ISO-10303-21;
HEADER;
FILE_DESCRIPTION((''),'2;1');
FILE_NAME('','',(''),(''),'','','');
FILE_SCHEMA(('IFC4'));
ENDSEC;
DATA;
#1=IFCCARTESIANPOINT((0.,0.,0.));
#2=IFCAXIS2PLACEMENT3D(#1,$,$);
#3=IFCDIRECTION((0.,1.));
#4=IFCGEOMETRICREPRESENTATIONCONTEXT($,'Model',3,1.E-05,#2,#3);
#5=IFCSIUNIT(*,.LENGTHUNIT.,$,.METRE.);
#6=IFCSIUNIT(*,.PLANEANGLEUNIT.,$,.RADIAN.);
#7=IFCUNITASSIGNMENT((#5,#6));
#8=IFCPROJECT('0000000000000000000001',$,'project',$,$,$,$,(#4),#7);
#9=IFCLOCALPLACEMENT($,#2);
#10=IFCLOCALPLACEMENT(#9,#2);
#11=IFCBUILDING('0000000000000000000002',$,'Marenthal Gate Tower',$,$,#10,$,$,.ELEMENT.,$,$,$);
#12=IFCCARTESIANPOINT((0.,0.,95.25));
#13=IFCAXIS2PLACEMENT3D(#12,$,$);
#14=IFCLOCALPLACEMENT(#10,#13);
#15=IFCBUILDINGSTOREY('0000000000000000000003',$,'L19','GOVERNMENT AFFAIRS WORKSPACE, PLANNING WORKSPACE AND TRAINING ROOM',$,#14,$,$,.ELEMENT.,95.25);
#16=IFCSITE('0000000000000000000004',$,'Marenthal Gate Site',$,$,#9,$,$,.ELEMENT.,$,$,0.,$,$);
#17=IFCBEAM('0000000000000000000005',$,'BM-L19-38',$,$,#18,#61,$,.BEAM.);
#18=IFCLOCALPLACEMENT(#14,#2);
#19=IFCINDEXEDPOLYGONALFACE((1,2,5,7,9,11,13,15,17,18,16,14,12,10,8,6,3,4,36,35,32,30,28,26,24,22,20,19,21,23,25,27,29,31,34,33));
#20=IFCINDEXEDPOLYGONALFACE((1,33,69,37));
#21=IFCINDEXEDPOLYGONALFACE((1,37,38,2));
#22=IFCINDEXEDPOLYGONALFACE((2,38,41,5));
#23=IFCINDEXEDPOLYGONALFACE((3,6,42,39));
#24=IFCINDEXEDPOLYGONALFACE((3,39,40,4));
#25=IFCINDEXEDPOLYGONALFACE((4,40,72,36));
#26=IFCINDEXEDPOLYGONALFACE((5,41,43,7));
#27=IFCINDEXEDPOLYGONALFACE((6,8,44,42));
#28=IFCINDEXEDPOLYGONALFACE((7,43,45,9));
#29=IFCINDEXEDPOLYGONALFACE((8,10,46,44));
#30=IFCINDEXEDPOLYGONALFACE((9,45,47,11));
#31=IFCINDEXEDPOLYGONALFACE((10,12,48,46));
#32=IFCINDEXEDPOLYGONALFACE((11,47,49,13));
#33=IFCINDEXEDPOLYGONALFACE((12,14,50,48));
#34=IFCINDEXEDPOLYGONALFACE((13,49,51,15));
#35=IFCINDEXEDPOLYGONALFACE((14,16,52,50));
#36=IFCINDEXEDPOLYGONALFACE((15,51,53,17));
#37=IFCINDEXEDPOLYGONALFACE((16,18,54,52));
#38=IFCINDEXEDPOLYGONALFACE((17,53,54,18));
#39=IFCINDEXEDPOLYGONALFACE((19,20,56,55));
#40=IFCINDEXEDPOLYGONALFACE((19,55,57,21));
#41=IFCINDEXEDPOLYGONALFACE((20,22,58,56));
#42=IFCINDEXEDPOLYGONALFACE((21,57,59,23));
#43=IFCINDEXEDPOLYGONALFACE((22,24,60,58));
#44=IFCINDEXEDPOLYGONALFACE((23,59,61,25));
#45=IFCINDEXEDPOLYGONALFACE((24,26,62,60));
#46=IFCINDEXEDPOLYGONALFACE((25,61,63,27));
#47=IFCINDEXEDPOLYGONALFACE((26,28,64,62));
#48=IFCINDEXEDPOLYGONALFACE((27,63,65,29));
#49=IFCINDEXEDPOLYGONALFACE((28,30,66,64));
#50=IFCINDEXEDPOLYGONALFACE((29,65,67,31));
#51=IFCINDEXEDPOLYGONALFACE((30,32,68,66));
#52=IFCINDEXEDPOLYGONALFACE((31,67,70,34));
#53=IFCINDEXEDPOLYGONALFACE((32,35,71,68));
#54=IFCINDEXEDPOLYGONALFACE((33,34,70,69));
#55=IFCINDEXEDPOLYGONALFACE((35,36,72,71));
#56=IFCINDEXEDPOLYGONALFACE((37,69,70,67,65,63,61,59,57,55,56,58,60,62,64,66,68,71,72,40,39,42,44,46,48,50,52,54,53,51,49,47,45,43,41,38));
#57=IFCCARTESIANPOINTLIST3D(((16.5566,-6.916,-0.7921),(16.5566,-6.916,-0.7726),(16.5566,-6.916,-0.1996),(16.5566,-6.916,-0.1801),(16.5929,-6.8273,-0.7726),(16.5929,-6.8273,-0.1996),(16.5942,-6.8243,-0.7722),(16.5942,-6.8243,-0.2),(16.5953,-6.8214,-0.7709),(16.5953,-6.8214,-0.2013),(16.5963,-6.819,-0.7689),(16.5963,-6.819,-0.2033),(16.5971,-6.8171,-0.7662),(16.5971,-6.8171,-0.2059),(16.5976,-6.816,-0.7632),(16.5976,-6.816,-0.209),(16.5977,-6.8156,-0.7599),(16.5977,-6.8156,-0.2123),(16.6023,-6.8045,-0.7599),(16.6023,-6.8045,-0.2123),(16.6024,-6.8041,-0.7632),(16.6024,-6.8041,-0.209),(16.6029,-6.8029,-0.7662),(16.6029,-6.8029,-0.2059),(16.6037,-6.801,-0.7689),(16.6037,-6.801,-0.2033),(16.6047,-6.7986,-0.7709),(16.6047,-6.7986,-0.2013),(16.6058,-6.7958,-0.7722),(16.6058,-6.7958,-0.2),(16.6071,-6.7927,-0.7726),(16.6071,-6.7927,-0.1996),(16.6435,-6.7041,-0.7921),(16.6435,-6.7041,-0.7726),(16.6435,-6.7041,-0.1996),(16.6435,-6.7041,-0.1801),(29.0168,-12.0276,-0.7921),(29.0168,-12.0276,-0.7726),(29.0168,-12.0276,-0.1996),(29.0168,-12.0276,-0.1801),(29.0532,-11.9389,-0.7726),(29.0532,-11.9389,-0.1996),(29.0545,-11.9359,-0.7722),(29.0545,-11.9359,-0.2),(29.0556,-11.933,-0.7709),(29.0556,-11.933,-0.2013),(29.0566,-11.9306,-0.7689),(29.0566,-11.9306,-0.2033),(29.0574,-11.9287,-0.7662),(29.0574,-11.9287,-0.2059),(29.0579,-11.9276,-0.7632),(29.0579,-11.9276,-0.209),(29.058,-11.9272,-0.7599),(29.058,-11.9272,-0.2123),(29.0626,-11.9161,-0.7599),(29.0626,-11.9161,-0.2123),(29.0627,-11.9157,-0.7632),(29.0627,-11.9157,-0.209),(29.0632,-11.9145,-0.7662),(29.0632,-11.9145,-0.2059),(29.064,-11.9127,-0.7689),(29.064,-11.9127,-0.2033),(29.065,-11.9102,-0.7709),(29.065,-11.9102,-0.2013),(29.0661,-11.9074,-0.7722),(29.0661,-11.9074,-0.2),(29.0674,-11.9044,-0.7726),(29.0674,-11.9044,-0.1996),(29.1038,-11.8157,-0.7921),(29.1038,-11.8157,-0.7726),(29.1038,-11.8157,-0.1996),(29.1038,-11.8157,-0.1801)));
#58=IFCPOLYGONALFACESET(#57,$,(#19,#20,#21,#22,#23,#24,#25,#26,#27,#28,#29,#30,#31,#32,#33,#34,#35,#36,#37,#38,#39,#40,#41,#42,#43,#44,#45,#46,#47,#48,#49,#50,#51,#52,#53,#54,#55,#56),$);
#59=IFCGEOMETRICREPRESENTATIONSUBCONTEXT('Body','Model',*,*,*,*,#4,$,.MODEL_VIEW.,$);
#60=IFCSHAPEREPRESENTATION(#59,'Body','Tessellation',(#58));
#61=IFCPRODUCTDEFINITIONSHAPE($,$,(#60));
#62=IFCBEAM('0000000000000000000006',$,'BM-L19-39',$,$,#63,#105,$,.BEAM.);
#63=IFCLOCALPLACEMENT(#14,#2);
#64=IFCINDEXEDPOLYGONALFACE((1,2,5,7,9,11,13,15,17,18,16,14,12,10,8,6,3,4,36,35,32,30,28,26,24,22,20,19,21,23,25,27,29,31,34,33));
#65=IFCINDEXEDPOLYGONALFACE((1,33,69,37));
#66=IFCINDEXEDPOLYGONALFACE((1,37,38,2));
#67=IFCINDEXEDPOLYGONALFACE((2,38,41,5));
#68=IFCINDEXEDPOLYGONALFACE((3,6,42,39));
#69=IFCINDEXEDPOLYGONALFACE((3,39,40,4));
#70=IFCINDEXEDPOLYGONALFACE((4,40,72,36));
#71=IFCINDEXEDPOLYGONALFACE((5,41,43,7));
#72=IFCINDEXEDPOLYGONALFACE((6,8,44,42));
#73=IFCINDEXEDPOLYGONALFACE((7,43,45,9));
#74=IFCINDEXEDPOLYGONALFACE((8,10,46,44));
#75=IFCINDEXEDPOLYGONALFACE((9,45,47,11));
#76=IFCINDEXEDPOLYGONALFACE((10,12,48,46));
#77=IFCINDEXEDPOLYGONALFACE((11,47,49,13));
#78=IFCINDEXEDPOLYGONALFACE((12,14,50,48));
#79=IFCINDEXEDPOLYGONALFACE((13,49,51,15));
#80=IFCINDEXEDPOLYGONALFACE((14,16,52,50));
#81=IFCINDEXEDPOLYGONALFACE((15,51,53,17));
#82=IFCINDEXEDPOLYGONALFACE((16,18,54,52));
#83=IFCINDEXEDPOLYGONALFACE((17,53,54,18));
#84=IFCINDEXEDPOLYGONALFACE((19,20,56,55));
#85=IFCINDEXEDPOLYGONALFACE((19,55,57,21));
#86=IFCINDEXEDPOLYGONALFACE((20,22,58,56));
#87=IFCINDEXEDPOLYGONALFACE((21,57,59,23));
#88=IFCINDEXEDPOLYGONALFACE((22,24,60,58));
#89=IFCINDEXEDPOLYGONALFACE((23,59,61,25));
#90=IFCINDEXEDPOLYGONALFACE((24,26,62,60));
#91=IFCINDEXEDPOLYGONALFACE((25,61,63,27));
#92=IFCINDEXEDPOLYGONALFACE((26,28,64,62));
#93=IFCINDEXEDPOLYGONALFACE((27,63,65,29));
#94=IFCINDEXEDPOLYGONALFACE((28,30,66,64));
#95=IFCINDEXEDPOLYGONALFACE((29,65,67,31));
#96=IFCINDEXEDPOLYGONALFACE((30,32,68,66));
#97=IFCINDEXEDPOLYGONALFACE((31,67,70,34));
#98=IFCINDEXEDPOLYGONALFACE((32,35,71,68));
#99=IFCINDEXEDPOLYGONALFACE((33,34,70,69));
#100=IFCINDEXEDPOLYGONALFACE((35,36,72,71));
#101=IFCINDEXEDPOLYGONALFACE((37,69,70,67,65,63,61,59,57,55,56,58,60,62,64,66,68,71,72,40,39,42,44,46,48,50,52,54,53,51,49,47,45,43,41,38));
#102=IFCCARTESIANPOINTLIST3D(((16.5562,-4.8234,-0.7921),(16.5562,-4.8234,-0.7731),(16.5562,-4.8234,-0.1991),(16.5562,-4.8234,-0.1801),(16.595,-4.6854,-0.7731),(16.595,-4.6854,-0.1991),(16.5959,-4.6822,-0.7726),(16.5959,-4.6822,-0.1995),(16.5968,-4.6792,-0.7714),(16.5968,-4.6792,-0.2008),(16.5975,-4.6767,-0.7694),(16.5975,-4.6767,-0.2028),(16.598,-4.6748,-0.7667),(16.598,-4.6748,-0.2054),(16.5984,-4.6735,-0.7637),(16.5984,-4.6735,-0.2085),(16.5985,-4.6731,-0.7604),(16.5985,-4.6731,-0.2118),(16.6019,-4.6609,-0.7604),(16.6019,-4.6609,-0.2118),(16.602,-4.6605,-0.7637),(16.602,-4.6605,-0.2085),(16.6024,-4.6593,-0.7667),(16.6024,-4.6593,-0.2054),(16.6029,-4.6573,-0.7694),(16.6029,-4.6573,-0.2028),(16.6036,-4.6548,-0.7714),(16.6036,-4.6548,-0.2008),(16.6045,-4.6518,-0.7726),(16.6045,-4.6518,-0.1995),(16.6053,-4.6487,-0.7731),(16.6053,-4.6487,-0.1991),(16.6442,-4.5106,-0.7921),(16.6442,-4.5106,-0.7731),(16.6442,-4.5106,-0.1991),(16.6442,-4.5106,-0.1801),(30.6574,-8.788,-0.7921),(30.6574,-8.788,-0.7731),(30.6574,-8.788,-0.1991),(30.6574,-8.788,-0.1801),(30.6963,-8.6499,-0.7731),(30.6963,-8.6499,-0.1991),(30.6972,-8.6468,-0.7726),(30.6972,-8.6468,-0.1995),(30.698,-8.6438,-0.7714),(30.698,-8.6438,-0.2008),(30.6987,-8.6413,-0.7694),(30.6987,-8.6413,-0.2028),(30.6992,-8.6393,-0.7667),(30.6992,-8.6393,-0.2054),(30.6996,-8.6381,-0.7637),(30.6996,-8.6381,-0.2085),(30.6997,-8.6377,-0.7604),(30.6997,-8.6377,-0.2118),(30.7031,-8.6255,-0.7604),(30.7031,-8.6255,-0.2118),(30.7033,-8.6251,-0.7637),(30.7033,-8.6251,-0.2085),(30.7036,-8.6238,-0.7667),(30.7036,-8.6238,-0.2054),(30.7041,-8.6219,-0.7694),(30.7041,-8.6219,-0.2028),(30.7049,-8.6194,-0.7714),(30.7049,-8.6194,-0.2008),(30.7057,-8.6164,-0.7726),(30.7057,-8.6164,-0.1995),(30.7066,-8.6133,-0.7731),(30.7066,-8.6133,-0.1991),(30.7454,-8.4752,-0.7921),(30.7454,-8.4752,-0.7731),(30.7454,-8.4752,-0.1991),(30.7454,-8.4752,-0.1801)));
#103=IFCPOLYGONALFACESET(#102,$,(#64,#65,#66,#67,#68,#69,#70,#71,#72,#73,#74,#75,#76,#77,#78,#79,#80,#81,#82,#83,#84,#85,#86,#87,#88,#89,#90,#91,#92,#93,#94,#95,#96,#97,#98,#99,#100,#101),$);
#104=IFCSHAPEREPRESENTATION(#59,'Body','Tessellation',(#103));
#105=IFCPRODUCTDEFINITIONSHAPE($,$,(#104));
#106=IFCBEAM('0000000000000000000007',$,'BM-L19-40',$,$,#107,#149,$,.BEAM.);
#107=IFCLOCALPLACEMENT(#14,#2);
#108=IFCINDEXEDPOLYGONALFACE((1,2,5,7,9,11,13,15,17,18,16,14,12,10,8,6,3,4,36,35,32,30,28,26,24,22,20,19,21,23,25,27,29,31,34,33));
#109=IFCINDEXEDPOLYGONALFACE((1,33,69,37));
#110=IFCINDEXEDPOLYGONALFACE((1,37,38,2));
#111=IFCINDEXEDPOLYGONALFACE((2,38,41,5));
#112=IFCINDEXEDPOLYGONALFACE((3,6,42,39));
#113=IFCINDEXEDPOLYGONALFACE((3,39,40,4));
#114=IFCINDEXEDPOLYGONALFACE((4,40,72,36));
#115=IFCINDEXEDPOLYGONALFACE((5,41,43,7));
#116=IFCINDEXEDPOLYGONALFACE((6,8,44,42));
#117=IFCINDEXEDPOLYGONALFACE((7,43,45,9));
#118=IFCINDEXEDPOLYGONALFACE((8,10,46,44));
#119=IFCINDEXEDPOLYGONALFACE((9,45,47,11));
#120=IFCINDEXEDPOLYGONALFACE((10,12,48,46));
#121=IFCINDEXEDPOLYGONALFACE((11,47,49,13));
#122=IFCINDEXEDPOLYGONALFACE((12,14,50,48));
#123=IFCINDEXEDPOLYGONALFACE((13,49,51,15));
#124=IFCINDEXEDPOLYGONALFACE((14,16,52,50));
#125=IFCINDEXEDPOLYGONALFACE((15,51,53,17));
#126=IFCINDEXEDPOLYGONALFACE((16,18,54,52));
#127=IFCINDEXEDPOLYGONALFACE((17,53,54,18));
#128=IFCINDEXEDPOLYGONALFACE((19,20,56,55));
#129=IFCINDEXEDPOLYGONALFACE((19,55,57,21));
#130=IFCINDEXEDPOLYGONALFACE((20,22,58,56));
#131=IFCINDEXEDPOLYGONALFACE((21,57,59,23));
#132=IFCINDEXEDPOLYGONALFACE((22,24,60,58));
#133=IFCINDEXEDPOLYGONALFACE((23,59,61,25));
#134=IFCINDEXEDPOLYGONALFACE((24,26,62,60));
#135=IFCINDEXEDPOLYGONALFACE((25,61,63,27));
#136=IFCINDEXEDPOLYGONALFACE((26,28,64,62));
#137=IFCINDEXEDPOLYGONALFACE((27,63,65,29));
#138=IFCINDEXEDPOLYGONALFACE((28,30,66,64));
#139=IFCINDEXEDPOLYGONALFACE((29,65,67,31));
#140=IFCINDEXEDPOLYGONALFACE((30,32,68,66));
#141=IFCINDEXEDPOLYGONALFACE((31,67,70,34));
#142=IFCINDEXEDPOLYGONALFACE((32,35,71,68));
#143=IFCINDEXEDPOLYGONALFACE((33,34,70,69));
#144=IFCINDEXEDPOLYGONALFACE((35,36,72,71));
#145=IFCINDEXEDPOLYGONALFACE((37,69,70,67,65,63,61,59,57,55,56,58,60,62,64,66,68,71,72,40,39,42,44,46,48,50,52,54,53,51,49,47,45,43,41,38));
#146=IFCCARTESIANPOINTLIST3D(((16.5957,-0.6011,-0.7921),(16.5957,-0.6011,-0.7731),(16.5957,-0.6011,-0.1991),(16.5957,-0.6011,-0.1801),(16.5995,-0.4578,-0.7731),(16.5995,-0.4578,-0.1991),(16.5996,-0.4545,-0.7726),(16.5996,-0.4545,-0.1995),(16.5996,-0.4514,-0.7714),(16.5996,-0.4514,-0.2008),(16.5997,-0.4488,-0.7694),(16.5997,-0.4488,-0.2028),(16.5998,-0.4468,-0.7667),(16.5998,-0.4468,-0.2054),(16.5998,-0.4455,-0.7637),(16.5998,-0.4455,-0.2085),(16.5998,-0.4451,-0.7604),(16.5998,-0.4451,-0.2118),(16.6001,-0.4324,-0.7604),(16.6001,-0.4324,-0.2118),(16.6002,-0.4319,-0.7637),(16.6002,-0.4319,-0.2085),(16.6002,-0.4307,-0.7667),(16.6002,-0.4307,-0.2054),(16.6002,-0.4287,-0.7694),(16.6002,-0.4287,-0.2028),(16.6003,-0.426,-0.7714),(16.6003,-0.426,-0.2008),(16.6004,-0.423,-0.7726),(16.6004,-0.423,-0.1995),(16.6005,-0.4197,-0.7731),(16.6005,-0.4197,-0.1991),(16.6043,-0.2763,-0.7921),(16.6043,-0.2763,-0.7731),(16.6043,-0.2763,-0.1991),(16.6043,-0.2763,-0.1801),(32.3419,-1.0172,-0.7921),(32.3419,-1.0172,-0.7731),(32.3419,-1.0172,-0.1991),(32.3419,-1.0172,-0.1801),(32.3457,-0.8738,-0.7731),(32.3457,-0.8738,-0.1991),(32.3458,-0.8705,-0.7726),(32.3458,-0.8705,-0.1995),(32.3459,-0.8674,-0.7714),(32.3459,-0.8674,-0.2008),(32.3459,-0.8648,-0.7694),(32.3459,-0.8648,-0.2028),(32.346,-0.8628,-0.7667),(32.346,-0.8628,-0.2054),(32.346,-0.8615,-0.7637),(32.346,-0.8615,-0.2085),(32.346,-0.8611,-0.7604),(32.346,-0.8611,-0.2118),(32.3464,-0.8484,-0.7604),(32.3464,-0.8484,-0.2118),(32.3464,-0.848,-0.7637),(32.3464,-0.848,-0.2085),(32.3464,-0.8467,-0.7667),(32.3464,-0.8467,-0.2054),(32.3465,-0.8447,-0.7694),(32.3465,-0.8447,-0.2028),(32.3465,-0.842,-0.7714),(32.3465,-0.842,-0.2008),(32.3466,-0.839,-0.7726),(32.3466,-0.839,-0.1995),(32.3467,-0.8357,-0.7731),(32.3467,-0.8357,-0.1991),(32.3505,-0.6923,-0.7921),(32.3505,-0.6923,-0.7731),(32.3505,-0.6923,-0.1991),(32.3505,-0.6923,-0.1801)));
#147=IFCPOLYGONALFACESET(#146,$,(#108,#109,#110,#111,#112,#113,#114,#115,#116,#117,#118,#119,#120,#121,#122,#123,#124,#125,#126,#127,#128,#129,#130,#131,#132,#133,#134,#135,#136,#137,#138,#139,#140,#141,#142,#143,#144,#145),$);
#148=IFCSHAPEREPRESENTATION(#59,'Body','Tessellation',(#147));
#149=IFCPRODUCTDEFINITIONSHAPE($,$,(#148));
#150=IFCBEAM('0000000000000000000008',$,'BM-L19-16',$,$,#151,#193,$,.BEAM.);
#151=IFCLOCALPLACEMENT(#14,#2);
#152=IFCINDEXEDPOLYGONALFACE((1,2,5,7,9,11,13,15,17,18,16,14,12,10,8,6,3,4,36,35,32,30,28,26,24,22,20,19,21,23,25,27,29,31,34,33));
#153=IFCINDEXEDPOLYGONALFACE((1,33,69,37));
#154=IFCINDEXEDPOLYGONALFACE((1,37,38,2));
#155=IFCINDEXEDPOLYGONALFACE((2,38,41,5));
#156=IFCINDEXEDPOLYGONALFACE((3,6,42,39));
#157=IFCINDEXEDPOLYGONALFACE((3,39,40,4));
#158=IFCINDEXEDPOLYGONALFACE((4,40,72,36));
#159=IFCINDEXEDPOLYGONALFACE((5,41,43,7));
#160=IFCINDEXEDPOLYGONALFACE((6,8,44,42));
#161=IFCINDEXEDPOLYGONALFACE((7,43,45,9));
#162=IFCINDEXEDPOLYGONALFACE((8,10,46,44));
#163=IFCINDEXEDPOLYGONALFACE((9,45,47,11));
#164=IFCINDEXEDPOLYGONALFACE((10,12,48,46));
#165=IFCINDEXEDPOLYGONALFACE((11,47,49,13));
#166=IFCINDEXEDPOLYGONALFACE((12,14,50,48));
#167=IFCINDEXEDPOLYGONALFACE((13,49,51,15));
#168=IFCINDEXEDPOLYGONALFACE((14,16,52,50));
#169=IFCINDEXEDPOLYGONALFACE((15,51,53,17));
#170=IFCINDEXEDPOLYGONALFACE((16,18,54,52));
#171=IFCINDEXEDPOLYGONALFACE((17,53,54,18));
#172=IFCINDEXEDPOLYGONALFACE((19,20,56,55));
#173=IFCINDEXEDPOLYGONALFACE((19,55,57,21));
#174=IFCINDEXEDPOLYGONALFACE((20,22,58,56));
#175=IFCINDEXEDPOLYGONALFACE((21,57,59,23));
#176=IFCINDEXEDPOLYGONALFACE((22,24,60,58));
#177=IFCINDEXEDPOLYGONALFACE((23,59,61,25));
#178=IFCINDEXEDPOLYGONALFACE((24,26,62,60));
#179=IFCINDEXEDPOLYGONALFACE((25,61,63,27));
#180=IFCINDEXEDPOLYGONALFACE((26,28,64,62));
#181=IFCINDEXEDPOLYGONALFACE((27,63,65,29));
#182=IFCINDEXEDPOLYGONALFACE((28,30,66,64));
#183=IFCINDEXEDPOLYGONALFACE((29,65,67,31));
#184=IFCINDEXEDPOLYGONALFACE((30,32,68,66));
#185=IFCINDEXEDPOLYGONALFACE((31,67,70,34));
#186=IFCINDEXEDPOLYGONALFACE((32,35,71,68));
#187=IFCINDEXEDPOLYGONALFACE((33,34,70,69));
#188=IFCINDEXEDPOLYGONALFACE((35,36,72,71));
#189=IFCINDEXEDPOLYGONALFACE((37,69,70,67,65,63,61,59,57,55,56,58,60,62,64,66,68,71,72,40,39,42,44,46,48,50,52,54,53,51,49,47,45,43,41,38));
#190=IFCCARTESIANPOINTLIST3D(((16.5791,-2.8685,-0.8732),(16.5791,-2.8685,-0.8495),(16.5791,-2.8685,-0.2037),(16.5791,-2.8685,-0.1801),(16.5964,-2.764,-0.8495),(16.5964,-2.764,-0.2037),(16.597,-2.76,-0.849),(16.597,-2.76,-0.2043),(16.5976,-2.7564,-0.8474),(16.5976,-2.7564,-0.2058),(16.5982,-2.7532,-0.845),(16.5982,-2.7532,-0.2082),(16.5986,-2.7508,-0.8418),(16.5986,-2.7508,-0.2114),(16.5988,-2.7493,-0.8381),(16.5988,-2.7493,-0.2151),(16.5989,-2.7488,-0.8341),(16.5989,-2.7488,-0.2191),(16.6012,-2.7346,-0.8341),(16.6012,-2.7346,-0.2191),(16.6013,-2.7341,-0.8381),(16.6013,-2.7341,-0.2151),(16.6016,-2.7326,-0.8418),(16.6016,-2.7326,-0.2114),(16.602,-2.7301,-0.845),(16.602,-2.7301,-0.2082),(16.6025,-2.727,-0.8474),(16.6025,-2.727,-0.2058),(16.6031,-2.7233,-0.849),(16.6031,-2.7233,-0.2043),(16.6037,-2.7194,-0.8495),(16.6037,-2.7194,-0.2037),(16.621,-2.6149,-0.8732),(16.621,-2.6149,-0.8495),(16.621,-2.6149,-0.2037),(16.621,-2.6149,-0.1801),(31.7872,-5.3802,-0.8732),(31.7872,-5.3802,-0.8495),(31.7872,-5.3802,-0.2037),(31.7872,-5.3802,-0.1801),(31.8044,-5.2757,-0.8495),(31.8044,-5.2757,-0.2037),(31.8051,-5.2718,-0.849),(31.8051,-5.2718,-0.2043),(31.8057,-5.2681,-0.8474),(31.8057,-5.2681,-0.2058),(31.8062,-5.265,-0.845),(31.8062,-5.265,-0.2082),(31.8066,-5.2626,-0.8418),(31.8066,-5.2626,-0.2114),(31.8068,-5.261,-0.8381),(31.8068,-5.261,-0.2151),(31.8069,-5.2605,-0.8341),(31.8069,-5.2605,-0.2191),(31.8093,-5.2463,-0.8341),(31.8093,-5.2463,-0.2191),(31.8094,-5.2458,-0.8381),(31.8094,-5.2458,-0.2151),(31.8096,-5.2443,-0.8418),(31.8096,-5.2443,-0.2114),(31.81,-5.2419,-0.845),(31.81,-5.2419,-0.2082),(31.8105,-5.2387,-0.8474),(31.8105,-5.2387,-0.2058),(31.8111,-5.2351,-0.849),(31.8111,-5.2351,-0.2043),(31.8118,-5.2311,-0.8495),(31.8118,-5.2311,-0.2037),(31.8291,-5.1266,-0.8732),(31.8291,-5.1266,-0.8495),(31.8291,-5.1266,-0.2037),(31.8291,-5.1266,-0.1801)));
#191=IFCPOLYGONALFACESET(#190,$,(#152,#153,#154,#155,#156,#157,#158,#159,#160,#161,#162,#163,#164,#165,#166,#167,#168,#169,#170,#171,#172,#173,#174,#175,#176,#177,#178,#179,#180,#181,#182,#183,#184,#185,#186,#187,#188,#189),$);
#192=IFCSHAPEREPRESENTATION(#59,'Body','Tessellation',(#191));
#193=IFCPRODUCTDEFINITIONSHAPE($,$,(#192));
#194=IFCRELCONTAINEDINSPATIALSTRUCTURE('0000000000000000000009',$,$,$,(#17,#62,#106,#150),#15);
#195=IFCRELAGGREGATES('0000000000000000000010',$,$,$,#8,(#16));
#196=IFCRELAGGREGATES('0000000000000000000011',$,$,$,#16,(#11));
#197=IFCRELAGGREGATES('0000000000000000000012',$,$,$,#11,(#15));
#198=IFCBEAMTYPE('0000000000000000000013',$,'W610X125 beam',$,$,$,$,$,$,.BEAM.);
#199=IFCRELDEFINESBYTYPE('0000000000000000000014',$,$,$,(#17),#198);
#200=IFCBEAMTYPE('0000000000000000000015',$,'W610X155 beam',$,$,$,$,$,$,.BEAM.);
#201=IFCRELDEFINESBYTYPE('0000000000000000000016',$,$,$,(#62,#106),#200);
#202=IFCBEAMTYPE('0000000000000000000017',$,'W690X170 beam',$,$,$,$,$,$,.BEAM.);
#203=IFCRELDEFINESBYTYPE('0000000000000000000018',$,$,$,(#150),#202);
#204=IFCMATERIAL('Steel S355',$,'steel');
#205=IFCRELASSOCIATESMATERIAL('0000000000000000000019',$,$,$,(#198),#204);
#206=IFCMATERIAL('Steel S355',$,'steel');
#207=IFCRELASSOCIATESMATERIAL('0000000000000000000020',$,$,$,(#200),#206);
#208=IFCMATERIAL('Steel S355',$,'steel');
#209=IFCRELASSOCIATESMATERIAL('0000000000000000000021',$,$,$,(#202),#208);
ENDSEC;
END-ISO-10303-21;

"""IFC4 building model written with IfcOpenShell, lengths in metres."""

from ifc_helpers import new_model, si_unit, direction, frame, origin, origin_2d, place, context, subcontext, project, spatial, i_section, extrude, material, material_profile, profile_set, type_object, element, save


model = new_model("IFC4")

# Units and contexts
model_context = context("Model", 3, precision=1e-05, world=origin(), true_north=direction((0.0, 1.0)))
body_context = subcontext(model_context, "Body", "Model", "MODEL_VIEW")
ifc_project = project(units=[si_unit("LENGTHUNIT", "METRE"), si_unit("PLANEANGLEUNIT", "RADIAN")], contexts=[model_context])

# Site, building, storey
site_placement = place(None, origin())
site = spatial("IfcSite", under=ifc_project, at=site_placement, Name="Marenthal Gate Site", CompositionType="ELEMENT", RefElevation=0.0)
building_placement = place(site_placement, origin())
building = spatial("IfcBuilding", under=site, at=building_placement, Name="Marenthal Gate Tower", CompositionType="ELEMENT")
storey_placement = place(building_placement, frame((0.0, 0.0, 95.25)))
storey = spatial("IfcBuildingStorey", under=building, at=storey_placement, Name="L19", Description="GOVERNMENT AFFAIRS WORKSPACE, PLANNING WORKSPACE AND TRAINING ROOM", CompositionType="ELEMENT", Elevation=95.25)

# Beams
ifc_material_1 = material(Name="Steel S355", Category="steel")
ifc_material_profile_1 = material_profile(ifc_material_1, i_section(OverallWidth=0.229, OverallDepth=0.6121, WebThickness=0.012, FlangeThickness=0.0195, FilletRadius=0.0127, at=origin_2d()), Name="W610X125")
ifc_profile_set_1 = profile_set([ifc_material_profile_1], Name="Steel S355")
beam_type_1 = type_object("IfcBeamType", Name="W610X125 beam", PredefinedType="BEAM", material=ifc_profile_set_1)
beam_1_placement = place(storey_placement, frame((29.0603, -11.9216, -0.4861), z_axis=(-0.925177, 0.379537, 0.0), x_axis=(-0.379537, -0.925177, 0.0)))
element("IfcBeam", 1, at=beam_1_placement, inside=storey, type_object=beam_type_1, Name="BM-L19-38", PredefinedType="BEAM", context=body_context, shape_type="SweptSolid", body=[
    extrude(i_section(OverallWidth=0.229, OverallDepth=0.6121, WebThickness=0.012, FlangeThickness=0.0195, FilletRadius=0.0127, at=origin_2d()), origin(), (0.0, 0.0, 1.0), 13.468),
])
ifc_material_2 = material(Name="Steel S355", Category="steel")
ifc_material_profile_2 = material_profile(ifc_material_2, i_section(OverallWidth=0.325, OverallDepth=0.6121, WebThickness=0.0127, FlangeThickness=0.019, FilletRadius=0.0127, at=origin_2d()), Name="W610X155")
ifc_profile_set_2 = profile_set([ifc_material_profile_2], Name="Steel S355")
beam_type_2 = type_object("IfcBeamType", Name="W610X155 beam", PredefinedType="BEAM", material=ifc_profile_set_2)
beam_2_placement = place(storey_placement, frame((30.7014, -8.6316, -0.4861), z_axis=(-0.962676, 0.270657, 0.0), x_axis=(-0.270657, -0.962676, 0.0)))
element("IfcBeam", 2, at=beam_2_placement, inside=storey, type_object=beam_type_2, Name="BM-L19-39", PredefinedType="BEAM", context=body_context, shape_type="SweptSolid", body=[
    extrude(i_section(OverallWidth=0.325, OverallDepth=0.6121, WebThickness=0.0127, FlangeThickness=0.019, FilletRadius=0.0127, at=origin_2d()), origin(), (0.0, 0.0, 1.0), 14.6479),
])
beam_3_placement = place(storey_placement, frame((32.3462, -0.8547, -0.4861), z_axis=(-0.999651, 0.026411, 0.0), x_axis=(-0.026411, -0.999651, 0.0)))
element("IfcBeam", 3, at=beam_3_placement, inside=storey, type_object=beam_type_2, Name="BM-L19-40", PredefinedType="BEAM", context=body_context, shape_type="SweptSolid", body=[
    extrude(i_section(OverallWidth=0.325, OverallDepth=0.6121, WebThickness=0.0127, FlangeThickness=0.019, FilletRadius=0.0127, at=origin_2d()), origin(), (0.0, 0.0, 1.0), 15.7517),
])
ifc_material_3 = material(Name="Steel S355", Category="steel")
ifc_material_profile_3 = material_profile(ifc_material_3, i_section(OverallWidth=0.2571, OverallDepth=0.6931, WebThickness=0.0144, FlangeThickness=0.0237, FilletRadius=0.0154, at=origin_2d()), Name="W690X170")
ifc_profile_set_3 = profile_set([ifc_material_profile_3], Name="Steel S355")
beam_type_3 = type_object("IfcBeamType", Name="W690X170 beam", PredefinedType="BEAM", material=ifc_profile_set_3)
beam_4_placement = place(storey_placement, frame((31.8081, -5.2534, -0.5266), z_axis=(-0.986634, 0.16295, 0.0), x_axis=(-0.16295, -0.986634, 0.0)))
element("IfcBeam", 4, at=beam_4_placement, inside=storey, type_object=beam_type_3, Name="BM-L19-16", PredefinedType="BEAM", context=body_context, shape_type="SweptSolid", body=[
    extrude(i_section(OverallWidth=0.2571, OverallDepth=0.6931, WebThickness=0.0144, FlangeThickness=0.0237, FilletRadius=0.0154, at=origin_2d()), origin(), (0.0, 0.0, 1.0), 15.4141),
])

save(model, "model.ifc")
